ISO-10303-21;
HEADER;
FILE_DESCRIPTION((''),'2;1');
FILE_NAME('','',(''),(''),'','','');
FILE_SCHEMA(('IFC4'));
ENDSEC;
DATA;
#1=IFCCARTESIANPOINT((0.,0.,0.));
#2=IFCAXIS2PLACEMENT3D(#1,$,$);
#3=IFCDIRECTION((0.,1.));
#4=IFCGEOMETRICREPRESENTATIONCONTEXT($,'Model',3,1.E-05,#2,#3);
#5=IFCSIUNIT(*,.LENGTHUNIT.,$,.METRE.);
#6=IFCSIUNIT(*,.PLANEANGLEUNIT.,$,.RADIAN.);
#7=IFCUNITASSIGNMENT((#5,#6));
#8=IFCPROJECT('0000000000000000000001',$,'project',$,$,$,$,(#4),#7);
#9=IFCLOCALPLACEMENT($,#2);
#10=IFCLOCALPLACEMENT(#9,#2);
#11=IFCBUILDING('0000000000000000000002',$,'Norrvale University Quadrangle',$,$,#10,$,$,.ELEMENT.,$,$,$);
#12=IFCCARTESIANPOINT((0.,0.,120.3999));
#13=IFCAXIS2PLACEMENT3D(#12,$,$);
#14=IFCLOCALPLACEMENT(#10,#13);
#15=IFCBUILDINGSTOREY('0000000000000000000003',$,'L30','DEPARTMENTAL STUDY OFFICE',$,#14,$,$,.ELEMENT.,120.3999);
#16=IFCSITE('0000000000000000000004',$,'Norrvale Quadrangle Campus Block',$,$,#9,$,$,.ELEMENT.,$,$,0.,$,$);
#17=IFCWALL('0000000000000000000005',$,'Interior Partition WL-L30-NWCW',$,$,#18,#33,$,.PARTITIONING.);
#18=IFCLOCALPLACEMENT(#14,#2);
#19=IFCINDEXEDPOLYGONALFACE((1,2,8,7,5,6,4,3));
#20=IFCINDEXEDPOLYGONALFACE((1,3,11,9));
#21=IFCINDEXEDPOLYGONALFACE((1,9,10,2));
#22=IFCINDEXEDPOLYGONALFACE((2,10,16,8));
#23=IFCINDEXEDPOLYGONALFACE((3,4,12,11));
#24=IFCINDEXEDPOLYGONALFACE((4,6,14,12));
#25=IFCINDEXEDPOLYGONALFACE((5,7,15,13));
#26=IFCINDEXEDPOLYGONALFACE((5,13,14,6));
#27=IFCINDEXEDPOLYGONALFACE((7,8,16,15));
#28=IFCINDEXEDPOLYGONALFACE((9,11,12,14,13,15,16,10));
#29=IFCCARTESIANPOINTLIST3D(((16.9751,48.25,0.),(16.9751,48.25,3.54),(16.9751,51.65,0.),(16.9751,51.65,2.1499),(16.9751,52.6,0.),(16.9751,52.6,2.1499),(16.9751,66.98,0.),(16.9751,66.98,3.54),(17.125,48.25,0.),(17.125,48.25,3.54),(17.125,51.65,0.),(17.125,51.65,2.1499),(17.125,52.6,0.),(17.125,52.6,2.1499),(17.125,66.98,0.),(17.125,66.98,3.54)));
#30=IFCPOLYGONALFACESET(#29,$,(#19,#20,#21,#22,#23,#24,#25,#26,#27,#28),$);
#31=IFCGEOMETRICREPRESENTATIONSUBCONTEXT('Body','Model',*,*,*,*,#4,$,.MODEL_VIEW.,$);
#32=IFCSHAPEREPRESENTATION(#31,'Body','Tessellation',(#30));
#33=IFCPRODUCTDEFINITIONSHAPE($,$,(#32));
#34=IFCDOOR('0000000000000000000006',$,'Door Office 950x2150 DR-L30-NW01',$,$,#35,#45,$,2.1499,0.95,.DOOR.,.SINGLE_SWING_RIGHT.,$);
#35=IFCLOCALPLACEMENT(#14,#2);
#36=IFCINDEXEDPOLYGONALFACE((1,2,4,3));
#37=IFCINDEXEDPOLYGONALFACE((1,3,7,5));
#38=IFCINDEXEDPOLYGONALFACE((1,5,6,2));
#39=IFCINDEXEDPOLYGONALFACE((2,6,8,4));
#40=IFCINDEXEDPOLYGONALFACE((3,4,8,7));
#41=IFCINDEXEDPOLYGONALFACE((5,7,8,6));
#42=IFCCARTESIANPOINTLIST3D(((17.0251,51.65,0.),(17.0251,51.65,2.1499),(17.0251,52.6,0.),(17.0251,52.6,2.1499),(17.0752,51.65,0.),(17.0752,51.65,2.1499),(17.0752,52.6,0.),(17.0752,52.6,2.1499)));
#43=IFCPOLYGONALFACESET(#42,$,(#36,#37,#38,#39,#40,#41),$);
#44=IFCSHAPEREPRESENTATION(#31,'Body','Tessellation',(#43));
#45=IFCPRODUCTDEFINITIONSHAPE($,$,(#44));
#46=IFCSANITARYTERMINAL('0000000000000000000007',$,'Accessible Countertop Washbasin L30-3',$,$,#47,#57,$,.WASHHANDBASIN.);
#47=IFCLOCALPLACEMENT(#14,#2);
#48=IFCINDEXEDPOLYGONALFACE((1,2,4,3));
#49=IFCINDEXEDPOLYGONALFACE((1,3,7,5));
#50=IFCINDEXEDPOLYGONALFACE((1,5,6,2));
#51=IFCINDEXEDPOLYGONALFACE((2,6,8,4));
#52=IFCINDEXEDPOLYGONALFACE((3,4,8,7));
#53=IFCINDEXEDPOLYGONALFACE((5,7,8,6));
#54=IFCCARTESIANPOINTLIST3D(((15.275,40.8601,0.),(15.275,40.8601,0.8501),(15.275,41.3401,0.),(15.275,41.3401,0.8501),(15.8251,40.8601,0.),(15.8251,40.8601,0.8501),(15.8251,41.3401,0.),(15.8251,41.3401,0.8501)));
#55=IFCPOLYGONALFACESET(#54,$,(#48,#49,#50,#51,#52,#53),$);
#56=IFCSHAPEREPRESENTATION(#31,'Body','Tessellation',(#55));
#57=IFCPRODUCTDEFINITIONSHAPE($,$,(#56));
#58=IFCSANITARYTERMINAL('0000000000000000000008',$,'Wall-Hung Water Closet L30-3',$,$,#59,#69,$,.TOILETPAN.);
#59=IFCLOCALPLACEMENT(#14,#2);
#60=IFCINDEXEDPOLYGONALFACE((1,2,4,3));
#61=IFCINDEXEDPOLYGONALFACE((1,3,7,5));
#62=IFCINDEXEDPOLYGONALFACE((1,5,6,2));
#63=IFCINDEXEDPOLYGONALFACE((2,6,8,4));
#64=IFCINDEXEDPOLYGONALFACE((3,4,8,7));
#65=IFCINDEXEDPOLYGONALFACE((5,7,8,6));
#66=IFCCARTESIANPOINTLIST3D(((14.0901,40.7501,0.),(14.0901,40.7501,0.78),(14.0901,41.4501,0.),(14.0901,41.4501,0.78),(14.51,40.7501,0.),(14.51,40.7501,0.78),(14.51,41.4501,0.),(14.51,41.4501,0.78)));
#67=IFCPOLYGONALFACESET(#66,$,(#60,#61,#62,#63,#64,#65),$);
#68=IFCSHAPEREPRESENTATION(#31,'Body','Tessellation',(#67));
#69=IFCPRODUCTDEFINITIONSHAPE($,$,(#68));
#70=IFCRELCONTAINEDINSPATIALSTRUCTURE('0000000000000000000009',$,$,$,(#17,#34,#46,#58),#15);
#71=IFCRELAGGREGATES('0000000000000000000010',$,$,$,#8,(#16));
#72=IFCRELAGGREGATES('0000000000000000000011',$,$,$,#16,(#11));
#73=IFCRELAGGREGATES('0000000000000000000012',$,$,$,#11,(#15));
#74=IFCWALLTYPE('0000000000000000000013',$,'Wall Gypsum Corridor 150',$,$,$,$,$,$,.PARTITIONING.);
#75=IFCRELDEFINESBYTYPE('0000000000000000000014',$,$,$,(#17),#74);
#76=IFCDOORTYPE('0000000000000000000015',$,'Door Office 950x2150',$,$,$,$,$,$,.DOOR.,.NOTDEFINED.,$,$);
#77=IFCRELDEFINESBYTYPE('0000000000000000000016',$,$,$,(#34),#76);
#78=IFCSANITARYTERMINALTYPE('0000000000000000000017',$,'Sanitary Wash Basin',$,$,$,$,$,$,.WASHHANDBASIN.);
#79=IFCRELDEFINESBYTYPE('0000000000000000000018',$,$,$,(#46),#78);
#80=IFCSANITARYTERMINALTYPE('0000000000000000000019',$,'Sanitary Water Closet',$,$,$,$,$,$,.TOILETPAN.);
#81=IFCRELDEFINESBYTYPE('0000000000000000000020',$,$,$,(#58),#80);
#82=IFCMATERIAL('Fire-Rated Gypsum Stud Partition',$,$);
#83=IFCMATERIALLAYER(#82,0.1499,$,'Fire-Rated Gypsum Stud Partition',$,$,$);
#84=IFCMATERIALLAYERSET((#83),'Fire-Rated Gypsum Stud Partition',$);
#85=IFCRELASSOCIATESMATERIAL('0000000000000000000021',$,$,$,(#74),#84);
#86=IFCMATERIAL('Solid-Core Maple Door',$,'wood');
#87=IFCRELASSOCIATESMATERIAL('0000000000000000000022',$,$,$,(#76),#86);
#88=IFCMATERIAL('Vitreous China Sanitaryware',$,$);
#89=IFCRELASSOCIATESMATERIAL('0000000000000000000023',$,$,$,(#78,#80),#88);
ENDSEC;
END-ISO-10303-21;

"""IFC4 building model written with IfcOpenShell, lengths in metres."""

from ifc_helpers import new_model, si_unit, direction, frame, frame_2d, origin, origin_2d, place, context, subcontext, project, spatial, rectangle, extrude, material, layer, layer_set, type_object, element, fill, save


model = new_model("IFC4")

# Units and contexts
model_context = context("Model", 3, precision=1e-05, world=origin(), true_north=direction((0.0, 1.0)))
body_context = subcontext(model_context, "Body", "Model", "MODEL_VIEW")
ifc_project = project(units=[si_unit("LENGTHUNIT", "METRE"), si_unit("PLANEANGLEUNIT", "RADIAN")], contexts=[model_context])

# Site, building, storey
site_placement = place(None, origin())
site = spatial("IfcSite", under=ifc_project, at=site_placement, Name="Norrvale Quadrangle Campus Block", CompositionType="ELEMENT", RefElevation=0.0)
building_placement = place(site_placement, origin())
building = spatial("IfcBuilding", under=site, at=building_placement, Name="Norrvale University Quadrangle", CompositionType="ELEMENT")
storey_placement = place(building_placement, frame((0.0, 0.0, 120.3999)))
storey = spatial("IfcBuildingStorey", under=building, at=storey_placement, Name="L30", Description="DEPARTMENTAL STUDY OFFICE", CompositionType="ELEMENT", Elevation=120.3999)

# Shared definitions
ifc_material_1 = material(Name="Fire-Rated Gypsum Stud Partition")
ifc_layer = layer(ifc_material_1, 0.1499, Name="Fire-Rated Gypsum Stud Partition")
ifc_layer_set = layer_set([ifc_layer], Name="Fire-Rated Gypsum Stud Partition")
wall_type = type_object("IfcWallType", Name="Wall Gypsum Corridor 150", PredefinedType="PARTITIONING", material=ifc_layer_set)

# Wall, opening, door
wall_1_placement = place(storey_placement, frame((17.05, 48.25, 0.0), z_axis=(0.0, 0.0, 1.0), x_axis=(0.0, 1.0, 0.0)))
wall_1 = element("IfcWall", 1, at=wall_1_placement, inside=storey, type_object=wall_type, Name="Interior Partition WL-L30-NWCW", PredefinedType="PARTITIONING", context=body_context, shape_type="SweptSolid", body=[
    extrude(rectangle(XDim=18.73, YDim=0.1499, at=frame_2d((9.365, 0.0))), origin(), (0.0, 0.0, 1.0), 3.54),
])
opening_placement = place(wall_1_placement, frame((3.3999, 0.0, 0.0)))
opening = element("IfcOpeningElement", 2, at=opening_placement, cuts=wall_1, PredefinedType="OPENING", context=body_context, shape_type="SweptSolid", body=[
    extrude(rectangle(XDim=0.95, YDim=2.1499, at=frame_2d((0.4751, 1.075))), frame((0.0, 0.0869, 0.0), z_axis=(0.0, -1.0, 0.0), x_axis=(1.0, 0.0, 0.0)), (0.0, 0.0, 1.0), 0.1738),
])
ifc_material_2 = material(Name="Solid-Core Maple Door", Category="wood")
door_type = type_object("IfcDoorType", Name="Door Office 950x2150", OperationType="NOTDEFINED", PredefinedType="DOOR", material=ifc_material_2)
door_placement = place(opening_placement, origin())
door = element("IfcDoor", 3, at=door_placement, inside=storey, type_object=door_type, Name="Door Office 950x2150 DR-L30-NW01", OperationType="SINGLE_SWING_RIGHT", OverallHeight=2.1499, OverallWidth=0.95, PredefinedType="DOOR", context=body_context, shape_type="SweptSolid", body=[
    extrude(rectangle(XDim=0.95, YDim=2.1499, at=frame_2d((0.4751, 1.075))), frame((0.0, 0.0249, 0.0), z_axis=(0.0, -1.0, 0.0), x_axis=(1.0, 0.0, 0.0)), (0.0, 0.0, 1.0), 0.05),
])
fill(opening, door)

# Sanitary terminals
ifc_material_3 = material(Name="Vitreous China Sanitaryware")
sanitary_terminal_type_1 = type_object("IfcSanitaryTerminalType", Name="Sanitary Wash Basin", PredefinedType="WASHHANDBASIN", material=ifc_material_3)
sanitary_terminal_1_placement = place(storey_placement, frame((15.55, 41.1001, 0.0), z_axis=(0.0, 0.0, 1.0), x_axis=(1.0, 0.0, 0.0)))
element("IfcSanitaryTerminal", 4, at=sanitary_terminal_1_placement, inside=storey, type_object=sanitary_terminal_type_1, Name="Accessible Countertop Washbasin L30-3", PredefinedType="WASHHANDBASIN", context=body_context, shape_type="SweptSolid", body=[
    extrude(rectangle(XDim=0.55, YDim=0.48, at=origin_2d()), origin(), (0.0, 0.0, 1.0), 0.8501),
])
sanitary_terminal_type_2 = type_object("IfcSanitaryTerminalType", Name="Sanitary Water Closet", PredefinedType="TOILETPAN", material=ifc_material_3)
sanitary_terminal_2_placement = place(storey_placement, frame((14.3, 41.1001, 0.0), z_axis=(0.0, 0.0, 1.0), x_axis=(1.0, 0.0, 0.0)))
element("IfcSanitaryTerminal", 5, at=sanitary_terminal_2_placement, inside=storey, type_object=sanitary_terminal_type_2, Name="Wall-Hung Water Closet L30-3", PredefinedType="TOILETPAN", context=body_context, shape_type="SweptSolid", body=[
    extrude(rectangle(XDim=0.4199, YDim=0.7, at=origin_2d()), origin(), (0.0, 0.0, 1.0), 0.78),
])

save(model, "model.ifc")
